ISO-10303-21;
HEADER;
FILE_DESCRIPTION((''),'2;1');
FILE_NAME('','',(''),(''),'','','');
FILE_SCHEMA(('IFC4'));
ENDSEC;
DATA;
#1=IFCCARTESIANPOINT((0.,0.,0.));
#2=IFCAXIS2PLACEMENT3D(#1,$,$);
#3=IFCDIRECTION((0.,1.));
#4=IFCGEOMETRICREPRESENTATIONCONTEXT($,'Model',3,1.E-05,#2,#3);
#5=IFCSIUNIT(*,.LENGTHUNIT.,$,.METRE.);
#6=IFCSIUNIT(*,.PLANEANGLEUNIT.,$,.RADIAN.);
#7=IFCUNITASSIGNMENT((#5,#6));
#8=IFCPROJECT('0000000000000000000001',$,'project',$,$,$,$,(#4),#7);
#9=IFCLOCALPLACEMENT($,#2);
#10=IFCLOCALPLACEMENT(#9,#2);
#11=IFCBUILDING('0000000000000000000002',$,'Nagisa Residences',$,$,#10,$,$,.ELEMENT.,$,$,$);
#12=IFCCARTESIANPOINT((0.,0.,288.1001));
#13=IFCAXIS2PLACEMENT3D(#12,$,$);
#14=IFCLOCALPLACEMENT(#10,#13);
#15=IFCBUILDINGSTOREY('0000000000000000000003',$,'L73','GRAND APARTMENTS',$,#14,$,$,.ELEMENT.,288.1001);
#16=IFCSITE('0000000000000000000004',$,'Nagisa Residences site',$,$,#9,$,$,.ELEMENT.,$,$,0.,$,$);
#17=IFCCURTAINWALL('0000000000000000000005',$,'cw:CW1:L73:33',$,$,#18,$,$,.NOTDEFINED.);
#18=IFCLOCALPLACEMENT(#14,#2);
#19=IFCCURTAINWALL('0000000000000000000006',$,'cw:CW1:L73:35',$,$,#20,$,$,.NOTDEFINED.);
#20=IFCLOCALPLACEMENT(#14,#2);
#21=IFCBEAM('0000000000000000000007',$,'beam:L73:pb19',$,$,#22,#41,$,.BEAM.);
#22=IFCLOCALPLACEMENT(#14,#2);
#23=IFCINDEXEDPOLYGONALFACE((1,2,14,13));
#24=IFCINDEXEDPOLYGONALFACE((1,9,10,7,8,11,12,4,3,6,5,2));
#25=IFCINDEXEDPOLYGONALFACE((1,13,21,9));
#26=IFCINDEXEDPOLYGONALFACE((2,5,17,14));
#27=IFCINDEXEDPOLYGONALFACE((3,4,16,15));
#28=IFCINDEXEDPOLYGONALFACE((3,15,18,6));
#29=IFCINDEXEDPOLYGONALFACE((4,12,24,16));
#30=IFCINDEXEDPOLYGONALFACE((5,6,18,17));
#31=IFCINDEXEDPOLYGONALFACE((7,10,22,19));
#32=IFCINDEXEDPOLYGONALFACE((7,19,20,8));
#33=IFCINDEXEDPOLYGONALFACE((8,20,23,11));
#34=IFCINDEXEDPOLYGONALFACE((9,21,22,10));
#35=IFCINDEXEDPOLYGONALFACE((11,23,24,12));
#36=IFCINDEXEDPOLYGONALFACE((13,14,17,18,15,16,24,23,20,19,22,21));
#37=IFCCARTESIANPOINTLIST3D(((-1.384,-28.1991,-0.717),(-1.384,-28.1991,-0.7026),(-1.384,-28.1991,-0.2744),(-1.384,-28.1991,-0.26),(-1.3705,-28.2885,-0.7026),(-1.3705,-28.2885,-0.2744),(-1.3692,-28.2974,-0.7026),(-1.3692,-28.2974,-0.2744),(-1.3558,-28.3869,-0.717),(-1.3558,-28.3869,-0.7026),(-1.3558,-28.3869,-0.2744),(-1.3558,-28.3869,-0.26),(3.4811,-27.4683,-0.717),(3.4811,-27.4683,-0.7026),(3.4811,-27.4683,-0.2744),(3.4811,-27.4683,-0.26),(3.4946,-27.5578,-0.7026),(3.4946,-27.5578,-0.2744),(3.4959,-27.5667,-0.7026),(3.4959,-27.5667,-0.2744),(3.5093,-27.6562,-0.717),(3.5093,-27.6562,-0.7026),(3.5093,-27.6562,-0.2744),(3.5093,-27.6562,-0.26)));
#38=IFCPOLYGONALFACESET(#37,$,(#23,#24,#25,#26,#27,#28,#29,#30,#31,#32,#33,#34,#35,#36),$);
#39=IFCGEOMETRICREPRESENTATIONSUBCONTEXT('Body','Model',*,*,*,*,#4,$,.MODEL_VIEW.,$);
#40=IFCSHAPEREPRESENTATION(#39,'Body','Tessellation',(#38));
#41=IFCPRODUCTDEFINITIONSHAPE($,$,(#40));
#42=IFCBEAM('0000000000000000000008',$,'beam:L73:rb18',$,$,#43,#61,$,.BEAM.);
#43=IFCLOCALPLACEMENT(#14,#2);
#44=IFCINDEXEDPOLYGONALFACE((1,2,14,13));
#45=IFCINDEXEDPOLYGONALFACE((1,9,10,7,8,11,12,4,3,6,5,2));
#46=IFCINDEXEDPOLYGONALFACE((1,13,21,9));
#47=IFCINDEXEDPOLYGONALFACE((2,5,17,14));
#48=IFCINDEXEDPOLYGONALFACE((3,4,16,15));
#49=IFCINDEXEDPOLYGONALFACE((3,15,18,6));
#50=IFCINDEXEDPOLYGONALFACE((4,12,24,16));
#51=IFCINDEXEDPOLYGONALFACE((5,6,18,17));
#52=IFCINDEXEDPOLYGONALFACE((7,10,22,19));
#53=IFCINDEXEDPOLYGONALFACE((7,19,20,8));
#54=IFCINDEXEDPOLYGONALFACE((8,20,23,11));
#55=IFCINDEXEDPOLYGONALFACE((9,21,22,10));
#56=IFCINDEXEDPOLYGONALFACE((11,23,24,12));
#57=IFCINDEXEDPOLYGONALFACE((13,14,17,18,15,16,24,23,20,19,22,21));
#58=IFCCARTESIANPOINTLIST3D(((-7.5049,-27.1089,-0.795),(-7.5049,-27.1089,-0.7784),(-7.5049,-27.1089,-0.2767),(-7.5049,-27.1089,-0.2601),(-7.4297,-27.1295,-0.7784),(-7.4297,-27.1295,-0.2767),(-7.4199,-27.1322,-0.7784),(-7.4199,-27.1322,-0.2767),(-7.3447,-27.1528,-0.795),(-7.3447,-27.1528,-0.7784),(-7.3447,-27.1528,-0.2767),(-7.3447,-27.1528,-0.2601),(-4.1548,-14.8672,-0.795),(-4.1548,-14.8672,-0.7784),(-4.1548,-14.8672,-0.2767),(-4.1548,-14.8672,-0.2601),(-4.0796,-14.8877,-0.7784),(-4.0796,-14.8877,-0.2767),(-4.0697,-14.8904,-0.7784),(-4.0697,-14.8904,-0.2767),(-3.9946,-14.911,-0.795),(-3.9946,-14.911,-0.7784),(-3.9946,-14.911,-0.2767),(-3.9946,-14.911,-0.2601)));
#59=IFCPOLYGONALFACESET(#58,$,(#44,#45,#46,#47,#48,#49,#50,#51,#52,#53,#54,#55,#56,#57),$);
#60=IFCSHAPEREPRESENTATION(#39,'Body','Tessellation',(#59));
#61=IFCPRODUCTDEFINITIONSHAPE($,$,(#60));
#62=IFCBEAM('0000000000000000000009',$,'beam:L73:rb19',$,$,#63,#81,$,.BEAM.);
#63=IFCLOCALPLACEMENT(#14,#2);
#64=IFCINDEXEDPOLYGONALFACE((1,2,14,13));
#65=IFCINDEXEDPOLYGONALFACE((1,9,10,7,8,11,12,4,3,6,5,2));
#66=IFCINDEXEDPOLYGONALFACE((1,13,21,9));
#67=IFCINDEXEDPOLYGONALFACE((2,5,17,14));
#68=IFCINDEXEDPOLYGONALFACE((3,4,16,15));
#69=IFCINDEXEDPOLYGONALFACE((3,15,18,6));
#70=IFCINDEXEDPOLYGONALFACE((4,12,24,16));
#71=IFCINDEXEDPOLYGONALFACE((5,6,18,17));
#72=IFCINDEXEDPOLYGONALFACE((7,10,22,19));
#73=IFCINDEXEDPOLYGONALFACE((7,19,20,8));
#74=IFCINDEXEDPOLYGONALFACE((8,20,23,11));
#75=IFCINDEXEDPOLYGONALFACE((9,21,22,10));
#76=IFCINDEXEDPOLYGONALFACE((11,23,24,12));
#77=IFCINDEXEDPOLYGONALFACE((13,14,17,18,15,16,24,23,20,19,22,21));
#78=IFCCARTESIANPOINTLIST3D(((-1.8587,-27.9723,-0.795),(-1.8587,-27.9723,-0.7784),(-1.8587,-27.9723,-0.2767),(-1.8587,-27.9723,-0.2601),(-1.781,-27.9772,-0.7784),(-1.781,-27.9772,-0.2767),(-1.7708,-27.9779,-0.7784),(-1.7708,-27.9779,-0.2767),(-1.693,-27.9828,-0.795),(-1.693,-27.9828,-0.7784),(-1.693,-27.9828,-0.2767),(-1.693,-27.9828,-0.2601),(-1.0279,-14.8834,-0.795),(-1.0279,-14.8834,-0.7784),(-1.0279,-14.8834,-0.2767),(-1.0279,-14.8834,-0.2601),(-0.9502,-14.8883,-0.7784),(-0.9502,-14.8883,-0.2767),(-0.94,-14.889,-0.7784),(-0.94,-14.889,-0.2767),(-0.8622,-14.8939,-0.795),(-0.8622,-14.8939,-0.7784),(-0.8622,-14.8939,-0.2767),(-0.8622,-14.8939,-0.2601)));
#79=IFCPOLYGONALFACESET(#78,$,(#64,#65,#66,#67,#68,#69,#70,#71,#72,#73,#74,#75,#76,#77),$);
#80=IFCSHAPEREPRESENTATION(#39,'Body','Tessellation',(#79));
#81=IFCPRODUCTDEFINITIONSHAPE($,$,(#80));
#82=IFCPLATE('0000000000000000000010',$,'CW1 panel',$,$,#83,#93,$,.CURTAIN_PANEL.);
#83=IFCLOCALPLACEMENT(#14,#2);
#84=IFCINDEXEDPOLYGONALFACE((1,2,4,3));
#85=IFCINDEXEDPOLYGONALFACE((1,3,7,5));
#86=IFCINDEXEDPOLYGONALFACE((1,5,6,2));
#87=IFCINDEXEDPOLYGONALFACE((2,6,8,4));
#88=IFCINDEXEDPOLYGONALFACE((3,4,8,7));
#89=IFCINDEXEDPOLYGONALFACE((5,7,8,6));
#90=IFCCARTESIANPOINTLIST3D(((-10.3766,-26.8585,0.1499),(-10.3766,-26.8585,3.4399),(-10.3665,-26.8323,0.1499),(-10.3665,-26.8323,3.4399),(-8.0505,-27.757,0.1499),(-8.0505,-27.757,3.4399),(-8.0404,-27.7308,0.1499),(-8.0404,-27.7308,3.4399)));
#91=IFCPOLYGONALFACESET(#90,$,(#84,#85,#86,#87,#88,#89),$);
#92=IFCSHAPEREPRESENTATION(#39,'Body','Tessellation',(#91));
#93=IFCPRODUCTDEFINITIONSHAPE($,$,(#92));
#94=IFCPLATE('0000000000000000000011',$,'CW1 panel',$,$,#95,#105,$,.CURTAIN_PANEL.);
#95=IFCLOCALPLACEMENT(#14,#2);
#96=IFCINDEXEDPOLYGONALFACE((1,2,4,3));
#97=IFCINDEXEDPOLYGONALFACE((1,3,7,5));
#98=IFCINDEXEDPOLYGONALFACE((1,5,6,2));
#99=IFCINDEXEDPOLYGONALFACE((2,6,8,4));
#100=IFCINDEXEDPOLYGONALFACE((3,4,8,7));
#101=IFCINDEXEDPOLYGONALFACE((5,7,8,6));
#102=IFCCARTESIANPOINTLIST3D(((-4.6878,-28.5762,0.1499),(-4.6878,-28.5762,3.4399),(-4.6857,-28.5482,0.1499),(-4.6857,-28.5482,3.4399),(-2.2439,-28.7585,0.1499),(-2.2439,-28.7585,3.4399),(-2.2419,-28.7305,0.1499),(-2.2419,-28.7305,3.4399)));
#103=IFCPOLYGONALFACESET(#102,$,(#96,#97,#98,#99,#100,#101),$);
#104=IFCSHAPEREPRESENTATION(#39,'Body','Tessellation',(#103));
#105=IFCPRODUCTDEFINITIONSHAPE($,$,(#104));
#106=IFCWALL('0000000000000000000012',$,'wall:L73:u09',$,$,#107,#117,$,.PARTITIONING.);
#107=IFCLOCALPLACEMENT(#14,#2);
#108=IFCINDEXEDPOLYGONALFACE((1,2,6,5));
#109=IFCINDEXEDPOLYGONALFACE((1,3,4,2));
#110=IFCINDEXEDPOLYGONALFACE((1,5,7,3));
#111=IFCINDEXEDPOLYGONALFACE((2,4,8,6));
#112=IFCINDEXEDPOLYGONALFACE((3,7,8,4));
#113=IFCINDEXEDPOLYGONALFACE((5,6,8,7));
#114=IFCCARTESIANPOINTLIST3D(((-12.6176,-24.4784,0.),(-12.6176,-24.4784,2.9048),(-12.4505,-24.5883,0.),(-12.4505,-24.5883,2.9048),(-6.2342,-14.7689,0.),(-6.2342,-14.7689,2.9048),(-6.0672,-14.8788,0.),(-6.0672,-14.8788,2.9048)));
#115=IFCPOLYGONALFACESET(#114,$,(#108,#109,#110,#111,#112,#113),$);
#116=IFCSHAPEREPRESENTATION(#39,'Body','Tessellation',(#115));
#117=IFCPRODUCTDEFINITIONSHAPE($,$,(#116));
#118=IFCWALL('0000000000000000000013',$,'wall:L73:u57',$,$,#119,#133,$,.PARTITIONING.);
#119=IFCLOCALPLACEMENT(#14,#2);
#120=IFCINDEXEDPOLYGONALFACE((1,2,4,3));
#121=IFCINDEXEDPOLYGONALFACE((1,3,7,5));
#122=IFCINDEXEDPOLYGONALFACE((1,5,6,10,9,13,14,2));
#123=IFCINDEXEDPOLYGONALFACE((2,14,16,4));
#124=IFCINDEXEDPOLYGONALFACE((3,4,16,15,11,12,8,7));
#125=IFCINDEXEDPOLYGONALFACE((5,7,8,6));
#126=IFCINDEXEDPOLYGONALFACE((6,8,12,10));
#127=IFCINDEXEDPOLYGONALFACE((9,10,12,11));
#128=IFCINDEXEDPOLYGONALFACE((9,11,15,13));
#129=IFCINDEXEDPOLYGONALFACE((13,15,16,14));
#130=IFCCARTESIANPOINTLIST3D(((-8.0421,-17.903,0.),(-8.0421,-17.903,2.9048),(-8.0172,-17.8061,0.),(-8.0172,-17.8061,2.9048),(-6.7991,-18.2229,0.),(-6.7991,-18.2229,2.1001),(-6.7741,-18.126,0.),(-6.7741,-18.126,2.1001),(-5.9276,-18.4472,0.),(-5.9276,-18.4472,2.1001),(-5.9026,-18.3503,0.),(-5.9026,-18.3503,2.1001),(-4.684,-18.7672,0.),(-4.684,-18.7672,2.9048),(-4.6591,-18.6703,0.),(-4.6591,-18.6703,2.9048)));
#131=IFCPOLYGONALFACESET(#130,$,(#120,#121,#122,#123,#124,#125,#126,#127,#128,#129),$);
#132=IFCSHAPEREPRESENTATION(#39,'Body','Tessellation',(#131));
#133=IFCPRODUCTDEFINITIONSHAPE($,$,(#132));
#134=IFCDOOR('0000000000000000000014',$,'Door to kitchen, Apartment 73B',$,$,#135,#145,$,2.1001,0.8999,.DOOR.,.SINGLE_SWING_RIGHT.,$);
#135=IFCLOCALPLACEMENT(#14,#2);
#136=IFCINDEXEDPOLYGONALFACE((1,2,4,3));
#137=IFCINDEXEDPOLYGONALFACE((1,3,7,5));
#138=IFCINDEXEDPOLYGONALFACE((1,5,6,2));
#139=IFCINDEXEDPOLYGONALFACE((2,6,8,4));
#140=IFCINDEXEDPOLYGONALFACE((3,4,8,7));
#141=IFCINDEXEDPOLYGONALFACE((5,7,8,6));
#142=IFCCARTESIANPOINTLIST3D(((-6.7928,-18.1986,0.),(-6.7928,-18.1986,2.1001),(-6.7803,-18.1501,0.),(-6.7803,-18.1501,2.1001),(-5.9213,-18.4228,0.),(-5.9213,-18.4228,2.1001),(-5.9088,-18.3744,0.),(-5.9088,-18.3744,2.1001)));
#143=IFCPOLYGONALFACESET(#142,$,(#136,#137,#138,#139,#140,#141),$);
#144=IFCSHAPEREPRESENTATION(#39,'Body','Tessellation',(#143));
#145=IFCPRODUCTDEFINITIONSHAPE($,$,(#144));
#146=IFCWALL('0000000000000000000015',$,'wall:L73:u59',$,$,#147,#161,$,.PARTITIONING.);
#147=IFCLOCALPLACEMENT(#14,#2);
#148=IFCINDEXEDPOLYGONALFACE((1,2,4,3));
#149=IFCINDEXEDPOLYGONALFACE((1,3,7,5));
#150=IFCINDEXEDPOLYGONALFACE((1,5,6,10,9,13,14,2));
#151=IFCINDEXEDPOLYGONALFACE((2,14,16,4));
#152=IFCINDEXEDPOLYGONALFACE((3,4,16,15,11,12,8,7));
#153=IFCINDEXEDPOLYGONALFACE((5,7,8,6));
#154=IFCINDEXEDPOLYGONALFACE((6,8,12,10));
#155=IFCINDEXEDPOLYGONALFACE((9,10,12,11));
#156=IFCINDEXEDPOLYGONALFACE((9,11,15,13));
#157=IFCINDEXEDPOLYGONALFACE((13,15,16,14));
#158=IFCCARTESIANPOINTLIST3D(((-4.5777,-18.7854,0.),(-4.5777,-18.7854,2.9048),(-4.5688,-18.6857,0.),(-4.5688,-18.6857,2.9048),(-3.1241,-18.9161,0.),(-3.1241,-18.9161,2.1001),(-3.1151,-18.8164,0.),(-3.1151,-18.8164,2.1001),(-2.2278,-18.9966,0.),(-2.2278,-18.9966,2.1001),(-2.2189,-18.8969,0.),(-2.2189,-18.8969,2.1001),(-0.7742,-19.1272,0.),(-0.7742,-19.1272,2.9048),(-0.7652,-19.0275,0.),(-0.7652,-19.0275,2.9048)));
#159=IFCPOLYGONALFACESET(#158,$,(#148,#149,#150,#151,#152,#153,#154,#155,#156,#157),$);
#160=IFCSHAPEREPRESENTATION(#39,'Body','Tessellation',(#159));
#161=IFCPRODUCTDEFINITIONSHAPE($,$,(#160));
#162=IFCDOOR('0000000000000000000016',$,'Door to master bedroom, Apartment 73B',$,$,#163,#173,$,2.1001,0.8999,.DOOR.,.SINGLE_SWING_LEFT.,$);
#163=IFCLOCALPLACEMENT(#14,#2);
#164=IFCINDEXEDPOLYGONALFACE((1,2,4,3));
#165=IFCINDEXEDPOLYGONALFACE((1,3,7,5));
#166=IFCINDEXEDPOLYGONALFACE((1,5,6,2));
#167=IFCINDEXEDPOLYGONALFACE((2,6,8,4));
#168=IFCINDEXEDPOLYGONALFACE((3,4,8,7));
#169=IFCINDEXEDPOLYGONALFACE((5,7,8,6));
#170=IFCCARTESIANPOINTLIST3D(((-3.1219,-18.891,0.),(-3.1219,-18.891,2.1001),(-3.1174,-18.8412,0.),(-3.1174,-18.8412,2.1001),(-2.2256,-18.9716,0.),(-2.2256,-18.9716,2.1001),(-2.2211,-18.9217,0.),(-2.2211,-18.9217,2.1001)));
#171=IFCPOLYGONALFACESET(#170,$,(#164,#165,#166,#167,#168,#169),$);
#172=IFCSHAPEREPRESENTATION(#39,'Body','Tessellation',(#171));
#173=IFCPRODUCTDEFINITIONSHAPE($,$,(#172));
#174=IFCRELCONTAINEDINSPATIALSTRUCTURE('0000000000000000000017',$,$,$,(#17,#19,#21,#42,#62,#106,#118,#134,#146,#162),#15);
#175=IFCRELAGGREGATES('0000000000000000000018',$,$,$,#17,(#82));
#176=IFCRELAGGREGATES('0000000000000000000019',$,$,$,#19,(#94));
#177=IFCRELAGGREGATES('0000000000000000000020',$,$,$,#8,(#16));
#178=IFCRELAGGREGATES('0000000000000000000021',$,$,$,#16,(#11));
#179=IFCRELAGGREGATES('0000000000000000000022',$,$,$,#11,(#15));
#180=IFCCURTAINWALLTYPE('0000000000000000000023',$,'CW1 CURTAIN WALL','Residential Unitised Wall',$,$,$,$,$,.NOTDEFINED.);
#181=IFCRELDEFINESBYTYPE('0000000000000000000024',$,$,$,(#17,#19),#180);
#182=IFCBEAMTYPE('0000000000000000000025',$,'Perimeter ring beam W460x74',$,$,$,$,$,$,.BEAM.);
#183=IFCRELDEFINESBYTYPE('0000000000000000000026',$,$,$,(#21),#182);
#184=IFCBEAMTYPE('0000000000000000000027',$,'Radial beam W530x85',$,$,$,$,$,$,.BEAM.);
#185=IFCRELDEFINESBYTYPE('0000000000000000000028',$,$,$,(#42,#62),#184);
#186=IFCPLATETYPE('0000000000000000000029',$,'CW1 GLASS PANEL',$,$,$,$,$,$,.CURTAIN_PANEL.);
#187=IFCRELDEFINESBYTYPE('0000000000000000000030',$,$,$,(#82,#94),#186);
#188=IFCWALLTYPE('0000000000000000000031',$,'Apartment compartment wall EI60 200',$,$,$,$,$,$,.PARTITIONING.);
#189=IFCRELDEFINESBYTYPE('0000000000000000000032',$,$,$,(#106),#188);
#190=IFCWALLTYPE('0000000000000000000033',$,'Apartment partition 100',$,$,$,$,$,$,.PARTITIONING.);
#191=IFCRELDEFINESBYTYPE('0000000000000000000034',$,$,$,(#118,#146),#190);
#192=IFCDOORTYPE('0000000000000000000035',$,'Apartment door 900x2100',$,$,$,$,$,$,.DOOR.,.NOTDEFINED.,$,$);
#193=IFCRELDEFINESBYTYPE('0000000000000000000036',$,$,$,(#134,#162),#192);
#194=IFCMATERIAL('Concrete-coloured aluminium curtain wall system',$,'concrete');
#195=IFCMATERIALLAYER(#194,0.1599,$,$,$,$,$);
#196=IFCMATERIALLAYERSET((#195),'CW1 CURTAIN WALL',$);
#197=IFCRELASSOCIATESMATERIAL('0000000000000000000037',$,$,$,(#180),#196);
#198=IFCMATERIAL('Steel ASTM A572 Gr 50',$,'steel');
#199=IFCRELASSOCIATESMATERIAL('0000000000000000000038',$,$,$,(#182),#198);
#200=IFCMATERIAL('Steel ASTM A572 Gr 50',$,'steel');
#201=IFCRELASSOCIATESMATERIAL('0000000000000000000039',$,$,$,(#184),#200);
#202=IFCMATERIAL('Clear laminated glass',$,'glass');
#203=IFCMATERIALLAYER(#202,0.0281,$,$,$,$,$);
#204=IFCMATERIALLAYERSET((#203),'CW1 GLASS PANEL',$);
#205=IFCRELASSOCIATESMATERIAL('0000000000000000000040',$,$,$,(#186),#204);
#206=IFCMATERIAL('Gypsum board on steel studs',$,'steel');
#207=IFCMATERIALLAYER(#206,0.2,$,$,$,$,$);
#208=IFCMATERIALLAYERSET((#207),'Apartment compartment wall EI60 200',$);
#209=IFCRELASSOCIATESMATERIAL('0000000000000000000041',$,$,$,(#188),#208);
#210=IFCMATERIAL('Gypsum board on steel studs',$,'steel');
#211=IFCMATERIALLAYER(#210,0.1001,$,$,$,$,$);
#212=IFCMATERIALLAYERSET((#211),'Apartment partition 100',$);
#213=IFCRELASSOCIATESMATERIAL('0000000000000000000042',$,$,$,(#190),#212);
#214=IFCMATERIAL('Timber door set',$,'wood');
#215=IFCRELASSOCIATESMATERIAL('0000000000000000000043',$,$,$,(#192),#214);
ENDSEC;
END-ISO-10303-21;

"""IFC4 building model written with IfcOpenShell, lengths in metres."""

from ifc_helpers import new_model, si_unit, direction, frame, frame_2d, origin, origin_2d, place, context, subcontext, project, spatial, rectangle, i_section, extrude, material, layer, layer_set, material_profile, profile_set, type_object, element, fill, aggregate, save


model = new_model("IFC4")

# Units and contexts
model_context = context("Model", 3, precision=1e-05, world=origin(), true_north=direction((0.0, 1.0)))
body_context = subcontext(model_context, "Body", "Model", "MODEL_VIEW")
ifc_project = project(units=[si_unit("LENGTHUNIT", "METRE"), si_unit("PLANEANGLEUNIT", "RADIAN")], contexts=[model_context])

# Site, building, storey
site_placement = place(None, origin())
site = spatial("IfcSite", under=ifc_project, at=site_placement, Name="Nagisa Residences site", CompositionType="ELEMENT", RefElevation=0.0)
building_placement = place(site_placement, origin())
building = spatial("IfcBuilding", under=site, at=building_placement, Name="Nagisa Residences", CompositionType="ELEMENT")
storey_placement = place(building_placement, frame((0.0, 0.0, 288.1001)))
storey = spatial("IfcBuildingStorey", under=building, at=storey_placement, Name="L73", Description="GRAND APARTMENTS", CompositionType="ELEMENT", Elevation=288.1001)

# Curtain walls
ifc_material_1 = material(Name="Concrete-coloured aluminium curtain wall system", Category="concrete")
ifc_layer_1 = layer(ifc_material_1, 0.1599)
ifc_layer_set_1 = layer_set([ifc_layer_1], Name="CW1 CURTAIN WALL")
curtain_wall_type = type_object("IfcCurtainWallType", Name="CW1 CURTAIN WALL", Description="Residential Unitised Wall", PredefinedType="NOTDEFINED", material=ifc_layer_set_1)
curtain_wall_1_placement = place(storey_placement, origin())
curtain_wall_1 = element("IfcCurtainWall", 1, at=curtain_wall_1_placement, inside=storey, type_object=curtain_wall_type, Name="cw:CW1:L73:33", PredefinedType="NOTDEFINED")
curtain_wall_2_placement = place(storey_placement, origin())
curtain_wall_2 = element("IfcCurtainWall", 2, at=curtain_wall_2_placement, inside=storey, type_object=curtain_wall_type, Name="cw:CW1:L73:35", PredefinedType="NOTDEFINED")

# Beams
ifc_material_2 = material(Name="Steel ASTM A572 Gr 50", Category="steel")
ifc_material_profile_1 = material_profile(ifc_material_2, i_section(OverallWidth=0.1899, OverallDepth=0.457, WebThickness=0.009, FlangeThickness=0.0144, at=origin_2d()), Name="W460x74")
ifc_profile_set_1 = profile_set([ifc_material_profile_1], Name="Steel ASTM A572 Gr 50")
beam_type_1 = type_object("IfcBeamType", Name="Perimeter ring beam W460x74", PredefinedType="BEAM", material=ifc_profile_set_1)
beam_1_placement = place(storey_placement, frame((-1.3699, -28.293, -0.4885), z_axis=(0.988908, 0.148532, 0.0), x_axis=(-0.148532, 0.988908, 0.0)))
element("IfcBeam", 3, at=beam_1_placement, inside=storey, type_object=beam_type_1, Name="beam:L73:pb19", PredefinedType="BEAM", context=body_context, shape_type="SweptSolid", body=[
    extrude(i_section(OverallWidth=0.1899, OverallDepth=0.457, WebThickness=0.009, FlangeThickness=0.0144, at=origin_2d()), origin(), (0.0, 0.0, 1.0), 4.9197),
])
ifc_material_3 = material(Name="Steel ASTM A572 Gr 50", Category="steel")
ifc_material_profile_2 = material_profile(ifc_material_3, i_section(OverallWidth=0.166, OverallDepth=0.5349, WebThickness=0.0103, FlangeThickness=0.0166, at=origin_2d()), Name="W530x85")
ifc_profile_set_2 = profile_set([ifc_material_profile_2], Name="Steel ASTM A572 Gr 50")
beam_type_2 = type_object("IfcBeamType", Name="Radial beam W530x85", PredefinedType="BEAM", material=ifc_profile_set_2)
beam_2_placement = place(storey_placement, frame((-7.4248, -27.1309, -0.5276), z_axis=(0.263957, 0.964534, 0.0), x_axis=(-0.964534, 0.263957, 0.0)))
element("IfcBeam", 4, at=beam_2_placement, inside=storey, type_object=beam_type_2, Name="beam:L73:rb18", PredefinedType="BEAM", context=body_context, shape_type="SweptSolid", body=[
    extrude(i_section(OverallWidth=0.166, OverallDepth=0.5349, WebThickness=0.0103, FlangeThickness=0.0166, at=origin_2d()), origin(), (0.0, 0.0, 1.0), 12.6919),
])
beam_3_placement = place(storey_placement, frame((-1.7759, -27.9775, -0.5276), z_axis=(0.063347, 0.997992, 0.0), x_axis=(-0.997992, 0.063347, 0.0)))
element("IfcBeam", 5, at=beam_3_placement, inside=storey, type_object=beam_type_2, Name="beam:L73:rb19", PredefinedType="BEAM", context=body_context, shape_type="SweptSolid", body=[
    extrude(i_section(OverallWidth=0.166, OverallDepth=0.5349, WebThickness=0.0103, FlangeThickness=0.0166, at=origin_2d()), origin(), (0.0, 0.0, 1.0), 13.1152),
])

# Plates
ifc_material_4 = material(Name="Clear laminated glass", Category="glass")
ifc_layer_2 = layer(ifc_material_4, 0.0281)
ifc_layer_set_2 = layer_set([ifc_layer_2], Name="CW1 GLASS PANEL")
plate_type = type_object("IfcPlateType", Name="CW1 GLASS PANEL", PredefinedType="CURTAIN_PANEL", material=ifc_layer_set_2)
plate_1_placement = place(storey_placement, frame((-9.2085, -27.2947, 0.1499), z_axis=(0.0, 0.0, 1.0), x_axis=(0.932826, -0.360328, 0.0)))
plate_1 = element("IfcPlate", 6, at=plate_1_placement, type_object=plate_type, Name="CW1 panel", PredefinedType="CURTAIN_PANEL", context=body_context, shape_type="SweptSolid", body=[
    extrude(rectangle(XDim=2.4937, YDim=0.0281, at=origin_2d()), origin(), (0.0, 0.0, 1.0), 3.29),
])
aggregate(curtain_wall_1, [plate_1])
plate_2_placement = place(storey_placement, frame((-3.4648, -28.6533, 0.1499), z_axis=(0.0, 0.0, 1.0), x_axis=(0.99723, -0.074377, 0.0)))
plate_2 = element("IfcPlate", 7, at=plate_2_placement, type_object=plate_type, Name="CW1 panel", PredefinedType="CURTAIN_PANEL", context=body_context, shape_type="SweptSolid", body=[
    extrude(rectangle(XDim=2.4507, YDim=0.0281, at=origin_2d()), origin(), (0.0, 0.0, 1.0), 3.29),
])
aggregate(curtain_wall_2, [plate_2])

# Wall
ifc_material_5 = material(Name="Gypsum board on steel studs", Category="steel")
ifc_layer_3 = layer(ifc_material_5, 0.2)
ifc_layer_set_3 = layer_set([ifc_layer_3], Name="Apartment compartment wall EI60 200")
wall_type_1 = type_object("IfcWallType", Name="Apartment compartment wall EI60 200", PredefinedType="PARTITIONING", material=ifc_layer_set_3)
wall_1_placement = place(storey_placement, frame((-6.1506, -14.8237, 0.0), z_axis=(0.0, 0.0, 1.0), x_axis=(-0.549346, -0.835595, 0.0)))
element("IfcWall", 8, at=wall_1_placement, inside=storey, type_object=wall_type_1, Name="wall:L73:u09", PredefinedType="PARTITIONING", context=body_context, shape_type="SweptSolid", body=[
    extrude(rectangle(XDim=11.6199, YDim=0.2, at=frame_2d((5.8101, 0.0))), origin(), (0.0, 0.0, 1.0), 2.9048),
])

# Walls, openings, doors
ifc_material_6 = material(Name="Gypsum board on steel studs", Category="steel")
ifc_layer_4 = layer(ifc_material_6, 0.1001)
ifc_layer_set_4 = layer_set([ifc_layer_4], Name="Apartment partition 100")
wall_type_2 = type_object("IfcWallType", Name="Apartment partition 100", PredefinedType="PARTITIONING", material=ifc_layer_set_4)
wall_2_placement = place(storey_placement, frame((-8.0298, -17.8545, 0.0), z_axis=(0.0, 0.0, 1.0), x_axis=(0.968442, -0.249239, 0.0)))
wall_2 = element("IfcWall", 9, at=wall_2_placement, inside=storey, type_object=wall_type_2, Name="wall:L73:u57", PredefinedType="PARTITIONING", context=body_context, shape_type="SweptSolid", body=[
    extrude(rectangle(XDim=3.4675, YDim=0.1001, at=frame_2d((1.7339, 0.0))), origin(), (0.0, 0.0, 1.0), 2.9048),
])
opening_1_placement = place(wall_2_placement, frame((1.2837, 0.0, 0.0)))
opening_1 = element("IfcOpeningElement", 10, at=opening_1_placement, cuts=wall_2, PredefinedType="OPENING", context=body_context, shape_type="SweptSolid", body=[
    extrude(rectangle(XDim=0.8999, YDim=2.1001, at=frame_2d((0.45, 1.05))), frame((0.0, 0.0601, 0.0), z_axis=(0.0, -1.0, 0.0), x_axis=(1.0, 0.0, 0.0)), (0.0, 0.0, 1.0), 0.1201),
])
ifc_material_7 = material(Name="Timber door set", Category="wood")
door_type_1 = type_object("IfcDoorType", Name="Apartment door 900x2100", OperationType="NOTDEFINED", PredefinedType="DOOR", material=ifc_material_7)
door_1_placement = place(opening_1_placement, frame((0.8999, 0.0, 0.0), x_axis=(-1.0, 0.0, 0.0)))
door_1 = element("IfcDoor", 11, at=door_1_placement, inside=storey, type_object=door_type_1, Name="Door to kitchen, Apartment 73B", OperationType="SINGLE_SWING_RIGHT", OverallHeight=2.1001, OverallWidth=0.8999, PredefinedType="DOOR", context=body_context, shape_type="SweptSolid", body=[
    extrude(rectangle(XDim=0.8999, YDim=2.1001, at=frame_2d((0.45, 1.05))), frame((0.0, 0.0249, 0.0), z_axis=(0.0, -1.0, 0.0), x_axis=(1.0, 0.0, 0.0)), (0.0, 0.0, 1.0), 0.05),
])
fill(opening_1, door_1)
wall_3_placement = place(storey_placement, frame((-4.5732, -18.7356, 0.0), z_axis=(0.0, 0.0, 1.0), x_axis=(0.995986, -0.089504, 0.0)))
wall_3 = element("IfcWall", 12, at=wall_3_placement, inside=storey, type_object=wall_type_2, Name="wall:L73:u59", PredefinedType="PARTITIONING", context=body_context, shape_type="SweptSolid", body=[
    extrude(rectangle(XDim=3.8188, YDim=0.1001, at=frame_2d((1.9094, 0.0))), origin(), (0.0, 0.0, 1.0), 2.9048),
])
opening_2_placement = place(wall_3_placement, frame((1.4595, 0.0, 0.0)))
opening_2 = element("IfcOpeningElement", 13, at=opening_2_placement, cuts=wall_3, PredefinedType="OPENING", context=body_context, shape_type="SweptSolid", body=[
    extrude(rectangle(XDim=0.8999, YDim=2.1001, at=frame_2d((0.45, 1.05))), frame((0.0, 0.0601, 0.0), z_axis=(0.0, -1.0, 0.0), x_axis=(1.0, 0.0, 0.0)), (0.0, 0.0, 1.0), 0.1201),
])
door_2_placement = place(opening_2_placement, frame((0.8999, 0.0, 0.0), x_axis=(-1.0, 0.0, 0.0)))
door_2 = element("IfcDoor", 14, at=door_2_placement, inside=storey, type_object=door_type_1, Name="Door to master bedroom, Apartment 73B", OperationType="SINGLE_SWING_LEFT", OverallHeight=2.1001, OverallWidth=0.8999, PredefinedType="DOOR", context=body_context, shape_type="SweptSolid", body=[
    extrude(rectangle(XDim=0.8999, YDim=2.1001, at=frame_2d((0.45, 1.05))), frame((0.0, 0.0249, 0.0), z_axis=(0.0, -1.0, 0.0), x_axis=(1.0, 0.0, 0.0)), (0.0, 0.0, 1.0), 0.05),
])
fill(opening_2, door_2)

save(model, "model.ifc")
